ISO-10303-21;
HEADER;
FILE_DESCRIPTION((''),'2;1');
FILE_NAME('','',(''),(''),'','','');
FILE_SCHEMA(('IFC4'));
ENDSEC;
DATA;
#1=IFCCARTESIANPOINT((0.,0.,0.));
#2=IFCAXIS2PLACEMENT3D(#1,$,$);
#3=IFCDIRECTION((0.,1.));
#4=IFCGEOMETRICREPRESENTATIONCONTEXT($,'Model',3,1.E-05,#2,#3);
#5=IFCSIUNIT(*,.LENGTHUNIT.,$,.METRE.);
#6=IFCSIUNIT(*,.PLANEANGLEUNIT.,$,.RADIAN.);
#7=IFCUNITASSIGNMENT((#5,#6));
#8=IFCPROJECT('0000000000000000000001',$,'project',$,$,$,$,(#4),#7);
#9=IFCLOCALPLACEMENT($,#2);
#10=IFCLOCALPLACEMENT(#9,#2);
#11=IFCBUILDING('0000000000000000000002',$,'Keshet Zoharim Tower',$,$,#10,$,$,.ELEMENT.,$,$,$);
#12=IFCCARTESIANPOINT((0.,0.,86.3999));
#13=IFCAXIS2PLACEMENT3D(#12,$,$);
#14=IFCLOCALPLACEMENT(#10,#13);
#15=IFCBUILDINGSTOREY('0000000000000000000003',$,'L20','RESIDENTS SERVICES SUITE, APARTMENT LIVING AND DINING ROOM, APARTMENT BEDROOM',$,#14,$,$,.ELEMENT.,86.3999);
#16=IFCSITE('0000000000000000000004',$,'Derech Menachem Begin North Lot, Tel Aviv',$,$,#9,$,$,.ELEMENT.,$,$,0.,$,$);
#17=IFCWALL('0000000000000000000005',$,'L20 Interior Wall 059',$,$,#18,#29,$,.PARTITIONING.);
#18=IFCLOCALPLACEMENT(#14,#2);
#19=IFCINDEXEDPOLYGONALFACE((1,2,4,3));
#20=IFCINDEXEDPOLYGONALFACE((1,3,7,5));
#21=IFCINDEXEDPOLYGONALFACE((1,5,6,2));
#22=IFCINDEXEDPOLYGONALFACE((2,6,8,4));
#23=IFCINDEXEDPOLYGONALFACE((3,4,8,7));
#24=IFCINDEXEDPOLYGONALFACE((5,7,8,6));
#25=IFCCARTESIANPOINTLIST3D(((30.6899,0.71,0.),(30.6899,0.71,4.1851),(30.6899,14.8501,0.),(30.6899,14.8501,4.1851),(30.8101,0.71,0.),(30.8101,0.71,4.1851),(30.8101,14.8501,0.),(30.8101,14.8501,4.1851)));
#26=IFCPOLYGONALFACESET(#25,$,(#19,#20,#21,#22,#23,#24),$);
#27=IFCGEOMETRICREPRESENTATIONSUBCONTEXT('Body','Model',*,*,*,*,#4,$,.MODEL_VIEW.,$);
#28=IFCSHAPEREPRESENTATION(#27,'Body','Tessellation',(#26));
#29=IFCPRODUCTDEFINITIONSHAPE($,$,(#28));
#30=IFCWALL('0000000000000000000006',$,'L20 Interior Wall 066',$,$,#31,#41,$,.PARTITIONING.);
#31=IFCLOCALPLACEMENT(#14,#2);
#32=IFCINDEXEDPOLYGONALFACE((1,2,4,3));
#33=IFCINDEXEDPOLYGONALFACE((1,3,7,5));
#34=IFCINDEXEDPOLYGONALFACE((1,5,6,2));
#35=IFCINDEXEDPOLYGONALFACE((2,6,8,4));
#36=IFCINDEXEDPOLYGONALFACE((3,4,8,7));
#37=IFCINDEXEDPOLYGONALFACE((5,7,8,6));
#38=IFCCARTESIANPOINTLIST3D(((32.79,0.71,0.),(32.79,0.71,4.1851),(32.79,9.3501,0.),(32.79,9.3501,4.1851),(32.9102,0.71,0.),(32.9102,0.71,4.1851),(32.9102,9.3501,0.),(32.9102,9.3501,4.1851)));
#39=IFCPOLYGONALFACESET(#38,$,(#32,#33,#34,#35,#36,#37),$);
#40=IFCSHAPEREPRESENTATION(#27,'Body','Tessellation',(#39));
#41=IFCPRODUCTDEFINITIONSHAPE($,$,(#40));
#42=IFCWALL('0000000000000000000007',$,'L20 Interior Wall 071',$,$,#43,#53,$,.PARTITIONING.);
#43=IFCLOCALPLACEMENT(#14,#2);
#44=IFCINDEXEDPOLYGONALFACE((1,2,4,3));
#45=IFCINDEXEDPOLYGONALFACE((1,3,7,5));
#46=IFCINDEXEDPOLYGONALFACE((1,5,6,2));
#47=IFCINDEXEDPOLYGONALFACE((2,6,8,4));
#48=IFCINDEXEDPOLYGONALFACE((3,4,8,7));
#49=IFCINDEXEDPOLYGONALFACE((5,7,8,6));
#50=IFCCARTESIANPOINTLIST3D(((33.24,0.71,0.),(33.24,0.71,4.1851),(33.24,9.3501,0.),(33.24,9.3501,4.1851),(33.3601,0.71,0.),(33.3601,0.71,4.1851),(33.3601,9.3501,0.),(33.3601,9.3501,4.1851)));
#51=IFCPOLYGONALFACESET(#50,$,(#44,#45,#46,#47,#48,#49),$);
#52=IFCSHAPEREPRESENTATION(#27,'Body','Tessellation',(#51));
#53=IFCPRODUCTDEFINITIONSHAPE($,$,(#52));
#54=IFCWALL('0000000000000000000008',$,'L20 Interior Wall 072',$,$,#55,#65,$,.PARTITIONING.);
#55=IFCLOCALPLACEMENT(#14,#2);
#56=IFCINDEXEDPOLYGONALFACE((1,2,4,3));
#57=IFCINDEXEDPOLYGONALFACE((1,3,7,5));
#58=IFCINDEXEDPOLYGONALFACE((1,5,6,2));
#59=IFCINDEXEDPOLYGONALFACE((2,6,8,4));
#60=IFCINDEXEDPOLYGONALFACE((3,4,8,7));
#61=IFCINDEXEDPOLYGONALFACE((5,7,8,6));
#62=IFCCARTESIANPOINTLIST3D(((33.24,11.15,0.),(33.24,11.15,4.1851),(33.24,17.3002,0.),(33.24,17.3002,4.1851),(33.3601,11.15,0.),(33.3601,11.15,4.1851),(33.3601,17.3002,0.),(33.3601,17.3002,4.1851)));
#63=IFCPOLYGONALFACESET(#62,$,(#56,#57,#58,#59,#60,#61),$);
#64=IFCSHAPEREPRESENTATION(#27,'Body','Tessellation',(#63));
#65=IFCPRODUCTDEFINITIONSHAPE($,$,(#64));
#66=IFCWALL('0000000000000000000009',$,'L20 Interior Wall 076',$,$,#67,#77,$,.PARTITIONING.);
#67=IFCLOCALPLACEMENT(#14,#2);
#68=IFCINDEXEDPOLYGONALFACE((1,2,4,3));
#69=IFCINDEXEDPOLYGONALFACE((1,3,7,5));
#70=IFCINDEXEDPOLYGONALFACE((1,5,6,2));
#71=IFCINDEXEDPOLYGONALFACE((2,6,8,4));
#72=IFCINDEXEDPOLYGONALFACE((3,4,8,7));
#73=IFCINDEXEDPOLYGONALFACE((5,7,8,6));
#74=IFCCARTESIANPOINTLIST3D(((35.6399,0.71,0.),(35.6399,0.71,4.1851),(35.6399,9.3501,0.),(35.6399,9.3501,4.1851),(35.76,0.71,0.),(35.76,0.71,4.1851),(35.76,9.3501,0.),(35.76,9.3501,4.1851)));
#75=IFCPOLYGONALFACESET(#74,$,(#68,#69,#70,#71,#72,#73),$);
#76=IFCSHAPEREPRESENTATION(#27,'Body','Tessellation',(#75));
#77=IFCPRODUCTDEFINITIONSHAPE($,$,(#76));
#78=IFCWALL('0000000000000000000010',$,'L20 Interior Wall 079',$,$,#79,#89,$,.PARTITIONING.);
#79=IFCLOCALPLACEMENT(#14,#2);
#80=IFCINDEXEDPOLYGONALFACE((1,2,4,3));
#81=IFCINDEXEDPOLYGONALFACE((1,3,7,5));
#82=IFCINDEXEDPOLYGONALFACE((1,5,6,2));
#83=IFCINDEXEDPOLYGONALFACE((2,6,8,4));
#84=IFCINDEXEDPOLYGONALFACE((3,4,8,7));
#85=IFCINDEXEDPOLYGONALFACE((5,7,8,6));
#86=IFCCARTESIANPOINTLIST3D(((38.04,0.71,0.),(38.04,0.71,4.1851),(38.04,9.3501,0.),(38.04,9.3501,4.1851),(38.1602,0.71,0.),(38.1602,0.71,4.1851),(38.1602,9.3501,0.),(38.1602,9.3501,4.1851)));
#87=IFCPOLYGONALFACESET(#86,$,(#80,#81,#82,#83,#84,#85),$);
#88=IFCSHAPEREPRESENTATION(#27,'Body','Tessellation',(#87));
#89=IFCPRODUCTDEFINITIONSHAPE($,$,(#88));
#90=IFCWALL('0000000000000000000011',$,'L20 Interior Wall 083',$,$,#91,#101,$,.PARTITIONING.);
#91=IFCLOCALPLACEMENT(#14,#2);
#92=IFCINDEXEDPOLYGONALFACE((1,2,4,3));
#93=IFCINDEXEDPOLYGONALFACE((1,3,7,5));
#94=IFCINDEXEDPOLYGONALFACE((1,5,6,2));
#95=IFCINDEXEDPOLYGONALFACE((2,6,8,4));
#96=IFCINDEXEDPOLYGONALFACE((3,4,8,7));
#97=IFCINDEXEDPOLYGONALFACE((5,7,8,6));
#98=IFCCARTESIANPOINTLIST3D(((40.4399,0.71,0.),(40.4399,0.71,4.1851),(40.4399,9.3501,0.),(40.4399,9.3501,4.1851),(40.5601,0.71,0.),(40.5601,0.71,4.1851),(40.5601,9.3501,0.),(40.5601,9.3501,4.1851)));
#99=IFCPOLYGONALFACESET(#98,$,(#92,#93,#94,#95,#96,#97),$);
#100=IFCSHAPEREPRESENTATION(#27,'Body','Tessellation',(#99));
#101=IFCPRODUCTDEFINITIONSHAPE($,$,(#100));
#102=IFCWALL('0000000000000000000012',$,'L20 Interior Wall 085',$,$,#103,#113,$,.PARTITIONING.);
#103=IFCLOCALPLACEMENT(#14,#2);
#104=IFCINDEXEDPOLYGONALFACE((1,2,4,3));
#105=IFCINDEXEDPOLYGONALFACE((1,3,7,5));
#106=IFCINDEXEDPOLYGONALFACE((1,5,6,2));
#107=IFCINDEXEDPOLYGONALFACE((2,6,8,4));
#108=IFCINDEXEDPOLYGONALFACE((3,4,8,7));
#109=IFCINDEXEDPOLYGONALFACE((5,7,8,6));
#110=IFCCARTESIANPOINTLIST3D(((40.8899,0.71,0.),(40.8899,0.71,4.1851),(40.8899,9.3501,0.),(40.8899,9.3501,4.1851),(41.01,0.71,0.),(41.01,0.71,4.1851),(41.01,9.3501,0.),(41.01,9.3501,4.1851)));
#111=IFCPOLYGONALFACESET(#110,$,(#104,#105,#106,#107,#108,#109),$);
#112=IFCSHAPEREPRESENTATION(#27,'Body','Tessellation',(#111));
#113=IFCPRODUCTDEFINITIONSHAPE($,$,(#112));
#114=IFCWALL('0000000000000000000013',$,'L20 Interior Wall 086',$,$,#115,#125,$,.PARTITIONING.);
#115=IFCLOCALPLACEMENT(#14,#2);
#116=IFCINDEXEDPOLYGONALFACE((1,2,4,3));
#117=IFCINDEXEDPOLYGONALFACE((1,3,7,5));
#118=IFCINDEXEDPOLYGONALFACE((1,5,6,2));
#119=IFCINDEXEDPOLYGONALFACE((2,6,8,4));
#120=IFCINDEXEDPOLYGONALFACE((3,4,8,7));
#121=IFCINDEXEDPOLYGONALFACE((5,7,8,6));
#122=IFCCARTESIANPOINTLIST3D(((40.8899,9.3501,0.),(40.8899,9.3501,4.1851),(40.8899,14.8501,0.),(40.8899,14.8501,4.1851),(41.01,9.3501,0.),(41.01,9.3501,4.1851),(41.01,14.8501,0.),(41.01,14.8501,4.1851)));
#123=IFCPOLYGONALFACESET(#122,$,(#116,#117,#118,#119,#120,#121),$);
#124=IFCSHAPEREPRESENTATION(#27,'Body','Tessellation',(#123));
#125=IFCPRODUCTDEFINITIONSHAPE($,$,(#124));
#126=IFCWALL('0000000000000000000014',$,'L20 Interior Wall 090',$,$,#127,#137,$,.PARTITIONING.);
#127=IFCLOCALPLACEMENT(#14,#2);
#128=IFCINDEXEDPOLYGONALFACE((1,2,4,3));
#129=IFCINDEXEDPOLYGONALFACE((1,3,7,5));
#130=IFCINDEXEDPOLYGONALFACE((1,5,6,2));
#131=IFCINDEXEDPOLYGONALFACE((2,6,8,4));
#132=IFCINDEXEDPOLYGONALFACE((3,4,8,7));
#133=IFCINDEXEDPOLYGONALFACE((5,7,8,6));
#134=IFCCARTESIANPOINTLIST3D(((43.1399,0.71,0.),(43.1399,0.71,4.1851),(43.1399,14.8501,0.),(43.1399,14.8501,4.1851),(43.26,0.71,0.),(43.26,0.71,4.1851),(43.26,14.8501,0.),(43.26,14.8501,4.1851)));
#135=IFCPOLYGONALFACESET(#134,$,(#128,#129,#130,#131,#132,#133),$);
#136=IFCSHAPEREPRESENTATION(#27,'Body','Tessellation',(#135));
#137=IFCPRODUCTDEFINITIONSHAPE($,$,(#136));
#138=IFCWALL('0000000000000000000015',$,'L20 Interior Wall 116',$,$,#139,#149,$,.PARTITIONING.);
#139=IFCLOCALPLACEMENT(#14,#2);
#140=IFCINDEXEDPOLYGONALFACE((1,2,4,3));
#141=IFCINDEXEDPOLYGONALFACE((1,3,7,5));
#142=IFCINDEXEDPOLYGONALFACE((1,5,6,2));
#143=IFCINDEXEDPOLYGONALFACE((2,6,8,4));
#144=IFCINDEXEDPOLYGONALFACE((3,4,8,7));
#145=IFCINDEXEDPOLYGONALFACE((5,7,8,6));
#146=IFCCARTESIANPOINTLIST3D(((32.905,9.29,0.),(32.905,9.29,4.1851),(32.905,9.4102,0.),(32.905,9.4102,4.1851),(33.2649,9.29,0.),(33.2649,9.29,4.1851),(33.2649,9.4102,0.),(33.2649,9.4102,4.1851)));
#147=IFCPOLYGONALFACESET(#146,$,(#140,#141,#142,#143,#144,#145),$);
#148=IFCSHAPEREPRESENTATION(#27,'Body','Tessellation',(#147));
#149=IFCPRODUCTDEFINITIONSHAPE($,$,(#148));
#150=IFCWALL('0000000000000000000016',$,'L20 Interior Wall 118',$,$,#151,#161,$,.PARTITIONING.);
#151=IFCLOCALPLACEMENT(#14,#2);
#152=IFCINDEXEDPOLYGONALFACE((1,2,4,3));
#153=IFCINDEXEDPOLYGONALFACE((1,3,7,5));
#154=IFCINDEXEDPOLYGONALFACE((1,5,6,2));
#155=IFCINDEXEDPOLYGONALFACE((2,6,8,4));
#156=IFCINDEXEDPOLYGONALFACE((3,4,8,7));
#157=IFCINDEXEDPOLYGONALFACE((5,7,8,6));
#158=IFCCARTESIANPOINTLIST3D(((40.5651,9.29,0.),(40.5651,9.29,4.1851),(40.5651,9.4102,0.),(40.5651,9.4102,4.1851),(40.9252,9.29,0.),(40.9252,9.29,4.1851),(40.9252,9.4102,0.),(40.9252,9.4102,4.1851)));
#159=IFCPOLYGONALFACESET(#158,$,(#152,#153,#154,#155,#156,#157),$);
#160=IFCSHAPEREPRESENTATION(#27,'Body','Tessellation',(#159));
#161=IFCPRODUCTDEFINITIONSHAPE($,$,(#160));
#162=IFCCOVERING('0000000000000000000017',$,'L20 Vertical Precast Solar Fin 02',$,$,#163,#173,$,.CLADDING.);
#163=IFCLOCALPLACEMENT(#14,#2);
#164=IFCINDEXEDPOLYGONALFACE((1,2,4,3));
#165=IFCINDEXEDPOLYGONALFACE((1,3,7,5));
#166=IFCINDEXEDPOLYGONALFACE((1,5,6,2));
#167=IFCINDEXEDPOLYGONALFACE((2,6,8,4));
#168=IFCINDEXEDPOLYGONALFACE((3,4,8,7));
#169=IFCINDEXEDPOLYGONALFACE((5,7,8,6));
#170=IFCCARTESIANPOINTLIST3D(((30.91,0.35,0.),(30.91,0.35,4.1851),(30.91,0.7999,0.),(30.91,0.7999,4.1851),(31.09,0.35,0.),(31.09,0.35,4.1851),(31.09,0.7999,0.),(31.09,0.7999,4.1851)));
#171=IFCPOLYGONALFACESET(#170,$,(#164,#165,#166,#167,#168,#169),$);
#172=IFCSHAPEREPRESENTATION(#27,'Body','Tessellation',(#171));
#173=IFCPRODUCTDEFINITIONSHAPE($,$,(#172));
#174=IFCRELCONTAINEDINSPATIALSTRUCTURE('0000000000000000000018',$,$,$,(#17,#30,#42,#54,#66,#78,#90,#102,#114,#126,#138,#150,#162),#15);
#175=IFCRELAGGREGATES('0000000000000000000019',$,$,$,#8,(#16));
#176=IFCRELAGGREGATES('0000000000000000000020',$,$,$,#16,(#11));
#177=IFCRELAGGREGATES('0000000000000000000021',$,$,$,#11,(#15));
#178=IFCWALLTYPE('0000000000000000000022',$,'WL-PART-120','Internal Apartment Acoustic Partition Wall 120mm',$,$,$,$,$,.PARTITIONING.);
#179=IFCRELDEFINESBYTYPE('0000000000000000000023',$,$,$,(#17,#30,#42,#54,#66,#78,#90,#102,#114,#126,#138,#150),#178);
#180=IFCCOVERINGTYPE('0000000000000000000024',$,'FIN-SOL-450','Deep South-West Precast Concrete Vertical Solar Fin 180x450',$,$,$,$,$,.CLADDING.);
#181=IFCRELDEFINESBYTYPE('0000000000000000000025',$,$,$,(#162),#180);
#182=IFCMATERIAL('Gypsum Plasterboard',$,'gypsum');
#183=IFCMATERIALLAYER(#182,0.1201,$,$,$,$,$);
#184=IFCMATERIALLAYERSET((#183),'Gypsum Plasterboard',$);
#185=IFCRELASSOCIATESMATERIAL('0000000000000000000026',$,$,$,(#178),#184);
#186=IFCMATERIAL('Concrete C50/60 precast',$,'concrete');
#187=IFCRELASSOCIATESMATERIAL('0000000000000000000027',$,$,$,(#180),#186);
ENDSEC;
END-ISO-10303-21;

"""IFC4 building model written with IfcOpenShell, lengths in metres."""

from ifc_helpers import new_model, si_unit, direction, frame, frame_2d, origin, origin_2d, place, context, subcontext, project, spatial, rectangle, extrude, material, layer, layer_set, type_object, element, save


model = new_model("IFC4")

# Units and contexts
model_context = context("Model", 3, precision=1e-05, world=origin(), true_north=direction((0.0, 1.0)))
body_context = subcontext(model_context, "Body", "Model", "MODEL_VIEW")
ifc_project = project(units=[si_unit("LENGTHUNIT", "METRE"), si_unit("PLANEANGLEUNIT", "RADIAN")], contexts=[model_context])

# Site, building, storey
site_placement = place(None, origin())
site = spatial("IfcSite", under=ifc_project, at=site_placement, Name="Derech Menachem Begin North Lot, Tel Aviv", CompositionType="ELEMENT", RefElevation=0.0)
building_placement = place(site_placement, origin())
building = spatial("IfcBuilding", under=site, at=building_placement, Name="Keshet Zoharim Tower", CompositionType="ELEMENT")
storey_placement = place(building_placement, frame((0.0, 0.0, 86.3999)))
storey = spatial("IfcBuildingStorey", under=building, at=storey_placement, Name="L20", Description="RESIDENTS SERVICES SUITE, APARTMENT LIVING AND DINING ROOM, APARTMENT BEDROOM", CompositionType="ELEMENT", Elevation=86.3999)

# Walls
ifc_material_1 = material(Name="Gypsum Plasterboard", Category="gypsum")
ifc_layer_1 = layer(ifc_material_1, 0.1201)
ifc_layer_set_1 = layer_set([ifc_layer_1], Name="Gypsum Plasterboard")
wall_type = type_object("IfcWallType", Name="WL-PART-120", Description="Internal Apartment Acoustic Partition Wall 120mm", PredefinedType="PARTITIONING", material=ifc_layer_set_1)
wall_1_placement = place(storey_placement, frame((30.75, 0.71, 0.0), z_axis=(0.0, 0.0, 1.0), x_axis=(0.0, 1.0, 0.0)))
element("IfcWall", 1, at=wall_1_placement, inside=storey, type_object=wall_type, Name="L20 Interior Wall 059", PredefinedType="PARTITIONING", context=body_context, shape_type="SweptSolid", body=[
    extrude(rectangle(XDim=14.1401, YDim=0.1201, at=frame_2d((7.0701, 0.0))), origin(), (0.0, 0.0, 1.0), 4.1851),
])
for number, where, z_axis, x_axis, name in (
    (2, (32.8501, 0.71, 0.0), (0.0, 0.0, 1.0), (0.0, 1.0, 0.0), "L20 Interior Wall 066"),
    (3, (33.3, 0.71, 0.0), (0.0, 0.0, 1.0), (0.0, 1.0, 0.0), "L20 Interior Wall 071"),
):
    element("IfcWall", number, at=place(storey_placement, frame(where, z_axis=z_axis, x_axis=x_axis)), inside=storey, type_object=wall_type, Name=name, PredefinedType="PARTITIONING", context=body_context, shape_type="SweptSolid", body=[
        extrude(rectangle(XDim=8.6401, YDim=0.1201, at=frame_2d((4.3201, 0.0))), origin(), (0.0, 0.0, 1.0), 4.1851),
    ])
wall_2_placement = place(storey_placement, frame((33.3, 11.1499, 0.0), z_axis=(0.0, 0.0, 1.0), x_axis=(0.0, 1.0, 0.0)))
element("IfcWall", 4, at=wall_2_placement, inside=storey, type_object=wall_type, Name="L20 Interior Wall 072", PredefinedType="PARTITIONING", context=body_context, shape_type="SweptSolid", body=[
    extrude(rectangle(XDim=6.1501, YDim=0.1201, at=frame_2d((3.0752, 0.0))), origin(), (0.0, 0.0, 1.0), 4.1851),
])
for number, where, z_axis, x_axis, name in (
    (5, (35.7, 0.71, 0.0), (0.0, 0.0, 1.0), (0.0, 1.0, 0.0), "L20 Interior Wall 076"),
    (6, (38.1001, 0.71, 0.0), (0.0, 0.0, 1.0), (0.0, 1.0, 0.0), "L20 Interior Wall 079"),
    (7, (40.5, 0.71, 0.0), (0.0, 0.0, 1.0), (0.0, 1.0, 0.0), "L20 Interior Wall 083"),
    (8, (40.95, 0.71, 0.0), (0.0, 0.0, 1.0), (0.0, 1.0, 0.0), "L20 Interior Wall 085"),
):
    element("IfcWall", number, at=place(storey_placement, frame(where, z_axis=z_axis, x_axis=x_axis)), inside=storey, type_object=wall_type, Name=name, PredefinedType="PARTITIONING", context=body_context, shape_type="SweptSolid", body=[
        extrude(rectangle(XDim=8.6401, YDim=0.1201, at=frame_2d((4.3201, 0.0))), origin(), (0.0, 0.0, 1.0), 4.1851),
    ])
wall_3_placement = place(storey_placement, frame((40.95, 9.3501, 0.0), z_axis=(0.0, 0.0, 1.0), x_axis=(0.0, 1.0, 0.0)))
element("IfcWall", 9, at=wall_3_placement, inside=storey, type_object=wall_type, Name="L20 Interior Wall 086", PredefinedType="PARTITIONING", context=body_context, shape_type="SweptSolid", body=[
    extrude(rectangle(XDim=5.5, YDim=0.1201, at=frame_2d((2.75, 0.0))), origin(), (0.0, 0.0, 1.0), 4.1851),
])
wall_4_placement = place(storey_placement, frame((43.2, 0.71, 0.0), z_axis=(0.0, 0.0, 1.0), x_axis=(0.0, 1.0, 0.0)))
element("IfcWall", 10, at=wall_4_placement, inside=storey, type_object=wall_type, Name="L20 Interior Wall 090", PredefinedType="PARTITIONING", context=body_context, shape_type="SweptSolid", body=[
    extrude(rectangle(XDim=14.1401, YDim=0.1201, at=frame_2d((7.0701, 0.0))), origin(), (0.0, 0.0, 1.0), 4.1851),
])
wall_5_placement = place(storey_placement, frame((32.905, 9.3501, 0.0), z_axis=(0.0, 0.0, 1.0), x_axis=(1.0, 0.0, 0.0)))
element("IfcWall", 11, at=wall_5_placement, inside=storey, type_object=wall_type, Name="L20 Interior Wall 116", PredefinedType="PARTITIONING", context=body_context, shape_type="SweptSolid", body=[
    extrude(rectangle(XDim=0.3599, YDim=0.1201, at=frame_2d((0.1799, 0.0))), origin(), (0.0, 0.0, 1.0), 4.1851),
])

# Wall
wall_6_placement = place(storey_placement, frame((40.5649, 9.3501, 0.0), z_axis=(0.0, 0.0, 1.0), x_axis=(1.0, 0.0, 0.0)))
element("IfcWall", 12, at=wall_6_placement, inside=storey, type_object=wall_type, Name="L20 Interior Wall 118", PredefinedType="PARTITIONING", context=body_context, shape_type="SweptSolid", body=[
    extrude(rectangle(XDim=0.3601, YDim=0.1201, at=frame_2d((0.1802, 0.0))), origin(), (0.0, 0.0, 1.0), 4.1851),
])

# Covering
ifc_material_2 = material(Name="Concrete C50/60 precast", Category="concrete")
covering_type = type_object("IfcCoveringType", Name="FIN-SOL-450", Description="Deep South-West Precast Concrete Vertical Solar Fin 180x450", PredefinedType="CLADDING", material=ifc_material_2)
covering_placement = place(storey_placement, frame((31.0, 0.575, 0.0), z_axis=(0.0, 0.0, 1.0), x_axis=(-1.0, 0.0, 0.0)))
element("IfcCovering", 13, at=covering_placement, inside=storey, type_object=covering_type, Name="L20 Vertical Precast Solar Fin 02", PredefinedType="CLADDING", context=body_context, shape_type="SweptSolid", body=[
    extrude(rectangle(XDim=0.1799, YDim=0.45, at=origin_2d()), origin(), (0.0, 0.0, 1.0), 4.1851),
])

save(model, "model.ifc")
